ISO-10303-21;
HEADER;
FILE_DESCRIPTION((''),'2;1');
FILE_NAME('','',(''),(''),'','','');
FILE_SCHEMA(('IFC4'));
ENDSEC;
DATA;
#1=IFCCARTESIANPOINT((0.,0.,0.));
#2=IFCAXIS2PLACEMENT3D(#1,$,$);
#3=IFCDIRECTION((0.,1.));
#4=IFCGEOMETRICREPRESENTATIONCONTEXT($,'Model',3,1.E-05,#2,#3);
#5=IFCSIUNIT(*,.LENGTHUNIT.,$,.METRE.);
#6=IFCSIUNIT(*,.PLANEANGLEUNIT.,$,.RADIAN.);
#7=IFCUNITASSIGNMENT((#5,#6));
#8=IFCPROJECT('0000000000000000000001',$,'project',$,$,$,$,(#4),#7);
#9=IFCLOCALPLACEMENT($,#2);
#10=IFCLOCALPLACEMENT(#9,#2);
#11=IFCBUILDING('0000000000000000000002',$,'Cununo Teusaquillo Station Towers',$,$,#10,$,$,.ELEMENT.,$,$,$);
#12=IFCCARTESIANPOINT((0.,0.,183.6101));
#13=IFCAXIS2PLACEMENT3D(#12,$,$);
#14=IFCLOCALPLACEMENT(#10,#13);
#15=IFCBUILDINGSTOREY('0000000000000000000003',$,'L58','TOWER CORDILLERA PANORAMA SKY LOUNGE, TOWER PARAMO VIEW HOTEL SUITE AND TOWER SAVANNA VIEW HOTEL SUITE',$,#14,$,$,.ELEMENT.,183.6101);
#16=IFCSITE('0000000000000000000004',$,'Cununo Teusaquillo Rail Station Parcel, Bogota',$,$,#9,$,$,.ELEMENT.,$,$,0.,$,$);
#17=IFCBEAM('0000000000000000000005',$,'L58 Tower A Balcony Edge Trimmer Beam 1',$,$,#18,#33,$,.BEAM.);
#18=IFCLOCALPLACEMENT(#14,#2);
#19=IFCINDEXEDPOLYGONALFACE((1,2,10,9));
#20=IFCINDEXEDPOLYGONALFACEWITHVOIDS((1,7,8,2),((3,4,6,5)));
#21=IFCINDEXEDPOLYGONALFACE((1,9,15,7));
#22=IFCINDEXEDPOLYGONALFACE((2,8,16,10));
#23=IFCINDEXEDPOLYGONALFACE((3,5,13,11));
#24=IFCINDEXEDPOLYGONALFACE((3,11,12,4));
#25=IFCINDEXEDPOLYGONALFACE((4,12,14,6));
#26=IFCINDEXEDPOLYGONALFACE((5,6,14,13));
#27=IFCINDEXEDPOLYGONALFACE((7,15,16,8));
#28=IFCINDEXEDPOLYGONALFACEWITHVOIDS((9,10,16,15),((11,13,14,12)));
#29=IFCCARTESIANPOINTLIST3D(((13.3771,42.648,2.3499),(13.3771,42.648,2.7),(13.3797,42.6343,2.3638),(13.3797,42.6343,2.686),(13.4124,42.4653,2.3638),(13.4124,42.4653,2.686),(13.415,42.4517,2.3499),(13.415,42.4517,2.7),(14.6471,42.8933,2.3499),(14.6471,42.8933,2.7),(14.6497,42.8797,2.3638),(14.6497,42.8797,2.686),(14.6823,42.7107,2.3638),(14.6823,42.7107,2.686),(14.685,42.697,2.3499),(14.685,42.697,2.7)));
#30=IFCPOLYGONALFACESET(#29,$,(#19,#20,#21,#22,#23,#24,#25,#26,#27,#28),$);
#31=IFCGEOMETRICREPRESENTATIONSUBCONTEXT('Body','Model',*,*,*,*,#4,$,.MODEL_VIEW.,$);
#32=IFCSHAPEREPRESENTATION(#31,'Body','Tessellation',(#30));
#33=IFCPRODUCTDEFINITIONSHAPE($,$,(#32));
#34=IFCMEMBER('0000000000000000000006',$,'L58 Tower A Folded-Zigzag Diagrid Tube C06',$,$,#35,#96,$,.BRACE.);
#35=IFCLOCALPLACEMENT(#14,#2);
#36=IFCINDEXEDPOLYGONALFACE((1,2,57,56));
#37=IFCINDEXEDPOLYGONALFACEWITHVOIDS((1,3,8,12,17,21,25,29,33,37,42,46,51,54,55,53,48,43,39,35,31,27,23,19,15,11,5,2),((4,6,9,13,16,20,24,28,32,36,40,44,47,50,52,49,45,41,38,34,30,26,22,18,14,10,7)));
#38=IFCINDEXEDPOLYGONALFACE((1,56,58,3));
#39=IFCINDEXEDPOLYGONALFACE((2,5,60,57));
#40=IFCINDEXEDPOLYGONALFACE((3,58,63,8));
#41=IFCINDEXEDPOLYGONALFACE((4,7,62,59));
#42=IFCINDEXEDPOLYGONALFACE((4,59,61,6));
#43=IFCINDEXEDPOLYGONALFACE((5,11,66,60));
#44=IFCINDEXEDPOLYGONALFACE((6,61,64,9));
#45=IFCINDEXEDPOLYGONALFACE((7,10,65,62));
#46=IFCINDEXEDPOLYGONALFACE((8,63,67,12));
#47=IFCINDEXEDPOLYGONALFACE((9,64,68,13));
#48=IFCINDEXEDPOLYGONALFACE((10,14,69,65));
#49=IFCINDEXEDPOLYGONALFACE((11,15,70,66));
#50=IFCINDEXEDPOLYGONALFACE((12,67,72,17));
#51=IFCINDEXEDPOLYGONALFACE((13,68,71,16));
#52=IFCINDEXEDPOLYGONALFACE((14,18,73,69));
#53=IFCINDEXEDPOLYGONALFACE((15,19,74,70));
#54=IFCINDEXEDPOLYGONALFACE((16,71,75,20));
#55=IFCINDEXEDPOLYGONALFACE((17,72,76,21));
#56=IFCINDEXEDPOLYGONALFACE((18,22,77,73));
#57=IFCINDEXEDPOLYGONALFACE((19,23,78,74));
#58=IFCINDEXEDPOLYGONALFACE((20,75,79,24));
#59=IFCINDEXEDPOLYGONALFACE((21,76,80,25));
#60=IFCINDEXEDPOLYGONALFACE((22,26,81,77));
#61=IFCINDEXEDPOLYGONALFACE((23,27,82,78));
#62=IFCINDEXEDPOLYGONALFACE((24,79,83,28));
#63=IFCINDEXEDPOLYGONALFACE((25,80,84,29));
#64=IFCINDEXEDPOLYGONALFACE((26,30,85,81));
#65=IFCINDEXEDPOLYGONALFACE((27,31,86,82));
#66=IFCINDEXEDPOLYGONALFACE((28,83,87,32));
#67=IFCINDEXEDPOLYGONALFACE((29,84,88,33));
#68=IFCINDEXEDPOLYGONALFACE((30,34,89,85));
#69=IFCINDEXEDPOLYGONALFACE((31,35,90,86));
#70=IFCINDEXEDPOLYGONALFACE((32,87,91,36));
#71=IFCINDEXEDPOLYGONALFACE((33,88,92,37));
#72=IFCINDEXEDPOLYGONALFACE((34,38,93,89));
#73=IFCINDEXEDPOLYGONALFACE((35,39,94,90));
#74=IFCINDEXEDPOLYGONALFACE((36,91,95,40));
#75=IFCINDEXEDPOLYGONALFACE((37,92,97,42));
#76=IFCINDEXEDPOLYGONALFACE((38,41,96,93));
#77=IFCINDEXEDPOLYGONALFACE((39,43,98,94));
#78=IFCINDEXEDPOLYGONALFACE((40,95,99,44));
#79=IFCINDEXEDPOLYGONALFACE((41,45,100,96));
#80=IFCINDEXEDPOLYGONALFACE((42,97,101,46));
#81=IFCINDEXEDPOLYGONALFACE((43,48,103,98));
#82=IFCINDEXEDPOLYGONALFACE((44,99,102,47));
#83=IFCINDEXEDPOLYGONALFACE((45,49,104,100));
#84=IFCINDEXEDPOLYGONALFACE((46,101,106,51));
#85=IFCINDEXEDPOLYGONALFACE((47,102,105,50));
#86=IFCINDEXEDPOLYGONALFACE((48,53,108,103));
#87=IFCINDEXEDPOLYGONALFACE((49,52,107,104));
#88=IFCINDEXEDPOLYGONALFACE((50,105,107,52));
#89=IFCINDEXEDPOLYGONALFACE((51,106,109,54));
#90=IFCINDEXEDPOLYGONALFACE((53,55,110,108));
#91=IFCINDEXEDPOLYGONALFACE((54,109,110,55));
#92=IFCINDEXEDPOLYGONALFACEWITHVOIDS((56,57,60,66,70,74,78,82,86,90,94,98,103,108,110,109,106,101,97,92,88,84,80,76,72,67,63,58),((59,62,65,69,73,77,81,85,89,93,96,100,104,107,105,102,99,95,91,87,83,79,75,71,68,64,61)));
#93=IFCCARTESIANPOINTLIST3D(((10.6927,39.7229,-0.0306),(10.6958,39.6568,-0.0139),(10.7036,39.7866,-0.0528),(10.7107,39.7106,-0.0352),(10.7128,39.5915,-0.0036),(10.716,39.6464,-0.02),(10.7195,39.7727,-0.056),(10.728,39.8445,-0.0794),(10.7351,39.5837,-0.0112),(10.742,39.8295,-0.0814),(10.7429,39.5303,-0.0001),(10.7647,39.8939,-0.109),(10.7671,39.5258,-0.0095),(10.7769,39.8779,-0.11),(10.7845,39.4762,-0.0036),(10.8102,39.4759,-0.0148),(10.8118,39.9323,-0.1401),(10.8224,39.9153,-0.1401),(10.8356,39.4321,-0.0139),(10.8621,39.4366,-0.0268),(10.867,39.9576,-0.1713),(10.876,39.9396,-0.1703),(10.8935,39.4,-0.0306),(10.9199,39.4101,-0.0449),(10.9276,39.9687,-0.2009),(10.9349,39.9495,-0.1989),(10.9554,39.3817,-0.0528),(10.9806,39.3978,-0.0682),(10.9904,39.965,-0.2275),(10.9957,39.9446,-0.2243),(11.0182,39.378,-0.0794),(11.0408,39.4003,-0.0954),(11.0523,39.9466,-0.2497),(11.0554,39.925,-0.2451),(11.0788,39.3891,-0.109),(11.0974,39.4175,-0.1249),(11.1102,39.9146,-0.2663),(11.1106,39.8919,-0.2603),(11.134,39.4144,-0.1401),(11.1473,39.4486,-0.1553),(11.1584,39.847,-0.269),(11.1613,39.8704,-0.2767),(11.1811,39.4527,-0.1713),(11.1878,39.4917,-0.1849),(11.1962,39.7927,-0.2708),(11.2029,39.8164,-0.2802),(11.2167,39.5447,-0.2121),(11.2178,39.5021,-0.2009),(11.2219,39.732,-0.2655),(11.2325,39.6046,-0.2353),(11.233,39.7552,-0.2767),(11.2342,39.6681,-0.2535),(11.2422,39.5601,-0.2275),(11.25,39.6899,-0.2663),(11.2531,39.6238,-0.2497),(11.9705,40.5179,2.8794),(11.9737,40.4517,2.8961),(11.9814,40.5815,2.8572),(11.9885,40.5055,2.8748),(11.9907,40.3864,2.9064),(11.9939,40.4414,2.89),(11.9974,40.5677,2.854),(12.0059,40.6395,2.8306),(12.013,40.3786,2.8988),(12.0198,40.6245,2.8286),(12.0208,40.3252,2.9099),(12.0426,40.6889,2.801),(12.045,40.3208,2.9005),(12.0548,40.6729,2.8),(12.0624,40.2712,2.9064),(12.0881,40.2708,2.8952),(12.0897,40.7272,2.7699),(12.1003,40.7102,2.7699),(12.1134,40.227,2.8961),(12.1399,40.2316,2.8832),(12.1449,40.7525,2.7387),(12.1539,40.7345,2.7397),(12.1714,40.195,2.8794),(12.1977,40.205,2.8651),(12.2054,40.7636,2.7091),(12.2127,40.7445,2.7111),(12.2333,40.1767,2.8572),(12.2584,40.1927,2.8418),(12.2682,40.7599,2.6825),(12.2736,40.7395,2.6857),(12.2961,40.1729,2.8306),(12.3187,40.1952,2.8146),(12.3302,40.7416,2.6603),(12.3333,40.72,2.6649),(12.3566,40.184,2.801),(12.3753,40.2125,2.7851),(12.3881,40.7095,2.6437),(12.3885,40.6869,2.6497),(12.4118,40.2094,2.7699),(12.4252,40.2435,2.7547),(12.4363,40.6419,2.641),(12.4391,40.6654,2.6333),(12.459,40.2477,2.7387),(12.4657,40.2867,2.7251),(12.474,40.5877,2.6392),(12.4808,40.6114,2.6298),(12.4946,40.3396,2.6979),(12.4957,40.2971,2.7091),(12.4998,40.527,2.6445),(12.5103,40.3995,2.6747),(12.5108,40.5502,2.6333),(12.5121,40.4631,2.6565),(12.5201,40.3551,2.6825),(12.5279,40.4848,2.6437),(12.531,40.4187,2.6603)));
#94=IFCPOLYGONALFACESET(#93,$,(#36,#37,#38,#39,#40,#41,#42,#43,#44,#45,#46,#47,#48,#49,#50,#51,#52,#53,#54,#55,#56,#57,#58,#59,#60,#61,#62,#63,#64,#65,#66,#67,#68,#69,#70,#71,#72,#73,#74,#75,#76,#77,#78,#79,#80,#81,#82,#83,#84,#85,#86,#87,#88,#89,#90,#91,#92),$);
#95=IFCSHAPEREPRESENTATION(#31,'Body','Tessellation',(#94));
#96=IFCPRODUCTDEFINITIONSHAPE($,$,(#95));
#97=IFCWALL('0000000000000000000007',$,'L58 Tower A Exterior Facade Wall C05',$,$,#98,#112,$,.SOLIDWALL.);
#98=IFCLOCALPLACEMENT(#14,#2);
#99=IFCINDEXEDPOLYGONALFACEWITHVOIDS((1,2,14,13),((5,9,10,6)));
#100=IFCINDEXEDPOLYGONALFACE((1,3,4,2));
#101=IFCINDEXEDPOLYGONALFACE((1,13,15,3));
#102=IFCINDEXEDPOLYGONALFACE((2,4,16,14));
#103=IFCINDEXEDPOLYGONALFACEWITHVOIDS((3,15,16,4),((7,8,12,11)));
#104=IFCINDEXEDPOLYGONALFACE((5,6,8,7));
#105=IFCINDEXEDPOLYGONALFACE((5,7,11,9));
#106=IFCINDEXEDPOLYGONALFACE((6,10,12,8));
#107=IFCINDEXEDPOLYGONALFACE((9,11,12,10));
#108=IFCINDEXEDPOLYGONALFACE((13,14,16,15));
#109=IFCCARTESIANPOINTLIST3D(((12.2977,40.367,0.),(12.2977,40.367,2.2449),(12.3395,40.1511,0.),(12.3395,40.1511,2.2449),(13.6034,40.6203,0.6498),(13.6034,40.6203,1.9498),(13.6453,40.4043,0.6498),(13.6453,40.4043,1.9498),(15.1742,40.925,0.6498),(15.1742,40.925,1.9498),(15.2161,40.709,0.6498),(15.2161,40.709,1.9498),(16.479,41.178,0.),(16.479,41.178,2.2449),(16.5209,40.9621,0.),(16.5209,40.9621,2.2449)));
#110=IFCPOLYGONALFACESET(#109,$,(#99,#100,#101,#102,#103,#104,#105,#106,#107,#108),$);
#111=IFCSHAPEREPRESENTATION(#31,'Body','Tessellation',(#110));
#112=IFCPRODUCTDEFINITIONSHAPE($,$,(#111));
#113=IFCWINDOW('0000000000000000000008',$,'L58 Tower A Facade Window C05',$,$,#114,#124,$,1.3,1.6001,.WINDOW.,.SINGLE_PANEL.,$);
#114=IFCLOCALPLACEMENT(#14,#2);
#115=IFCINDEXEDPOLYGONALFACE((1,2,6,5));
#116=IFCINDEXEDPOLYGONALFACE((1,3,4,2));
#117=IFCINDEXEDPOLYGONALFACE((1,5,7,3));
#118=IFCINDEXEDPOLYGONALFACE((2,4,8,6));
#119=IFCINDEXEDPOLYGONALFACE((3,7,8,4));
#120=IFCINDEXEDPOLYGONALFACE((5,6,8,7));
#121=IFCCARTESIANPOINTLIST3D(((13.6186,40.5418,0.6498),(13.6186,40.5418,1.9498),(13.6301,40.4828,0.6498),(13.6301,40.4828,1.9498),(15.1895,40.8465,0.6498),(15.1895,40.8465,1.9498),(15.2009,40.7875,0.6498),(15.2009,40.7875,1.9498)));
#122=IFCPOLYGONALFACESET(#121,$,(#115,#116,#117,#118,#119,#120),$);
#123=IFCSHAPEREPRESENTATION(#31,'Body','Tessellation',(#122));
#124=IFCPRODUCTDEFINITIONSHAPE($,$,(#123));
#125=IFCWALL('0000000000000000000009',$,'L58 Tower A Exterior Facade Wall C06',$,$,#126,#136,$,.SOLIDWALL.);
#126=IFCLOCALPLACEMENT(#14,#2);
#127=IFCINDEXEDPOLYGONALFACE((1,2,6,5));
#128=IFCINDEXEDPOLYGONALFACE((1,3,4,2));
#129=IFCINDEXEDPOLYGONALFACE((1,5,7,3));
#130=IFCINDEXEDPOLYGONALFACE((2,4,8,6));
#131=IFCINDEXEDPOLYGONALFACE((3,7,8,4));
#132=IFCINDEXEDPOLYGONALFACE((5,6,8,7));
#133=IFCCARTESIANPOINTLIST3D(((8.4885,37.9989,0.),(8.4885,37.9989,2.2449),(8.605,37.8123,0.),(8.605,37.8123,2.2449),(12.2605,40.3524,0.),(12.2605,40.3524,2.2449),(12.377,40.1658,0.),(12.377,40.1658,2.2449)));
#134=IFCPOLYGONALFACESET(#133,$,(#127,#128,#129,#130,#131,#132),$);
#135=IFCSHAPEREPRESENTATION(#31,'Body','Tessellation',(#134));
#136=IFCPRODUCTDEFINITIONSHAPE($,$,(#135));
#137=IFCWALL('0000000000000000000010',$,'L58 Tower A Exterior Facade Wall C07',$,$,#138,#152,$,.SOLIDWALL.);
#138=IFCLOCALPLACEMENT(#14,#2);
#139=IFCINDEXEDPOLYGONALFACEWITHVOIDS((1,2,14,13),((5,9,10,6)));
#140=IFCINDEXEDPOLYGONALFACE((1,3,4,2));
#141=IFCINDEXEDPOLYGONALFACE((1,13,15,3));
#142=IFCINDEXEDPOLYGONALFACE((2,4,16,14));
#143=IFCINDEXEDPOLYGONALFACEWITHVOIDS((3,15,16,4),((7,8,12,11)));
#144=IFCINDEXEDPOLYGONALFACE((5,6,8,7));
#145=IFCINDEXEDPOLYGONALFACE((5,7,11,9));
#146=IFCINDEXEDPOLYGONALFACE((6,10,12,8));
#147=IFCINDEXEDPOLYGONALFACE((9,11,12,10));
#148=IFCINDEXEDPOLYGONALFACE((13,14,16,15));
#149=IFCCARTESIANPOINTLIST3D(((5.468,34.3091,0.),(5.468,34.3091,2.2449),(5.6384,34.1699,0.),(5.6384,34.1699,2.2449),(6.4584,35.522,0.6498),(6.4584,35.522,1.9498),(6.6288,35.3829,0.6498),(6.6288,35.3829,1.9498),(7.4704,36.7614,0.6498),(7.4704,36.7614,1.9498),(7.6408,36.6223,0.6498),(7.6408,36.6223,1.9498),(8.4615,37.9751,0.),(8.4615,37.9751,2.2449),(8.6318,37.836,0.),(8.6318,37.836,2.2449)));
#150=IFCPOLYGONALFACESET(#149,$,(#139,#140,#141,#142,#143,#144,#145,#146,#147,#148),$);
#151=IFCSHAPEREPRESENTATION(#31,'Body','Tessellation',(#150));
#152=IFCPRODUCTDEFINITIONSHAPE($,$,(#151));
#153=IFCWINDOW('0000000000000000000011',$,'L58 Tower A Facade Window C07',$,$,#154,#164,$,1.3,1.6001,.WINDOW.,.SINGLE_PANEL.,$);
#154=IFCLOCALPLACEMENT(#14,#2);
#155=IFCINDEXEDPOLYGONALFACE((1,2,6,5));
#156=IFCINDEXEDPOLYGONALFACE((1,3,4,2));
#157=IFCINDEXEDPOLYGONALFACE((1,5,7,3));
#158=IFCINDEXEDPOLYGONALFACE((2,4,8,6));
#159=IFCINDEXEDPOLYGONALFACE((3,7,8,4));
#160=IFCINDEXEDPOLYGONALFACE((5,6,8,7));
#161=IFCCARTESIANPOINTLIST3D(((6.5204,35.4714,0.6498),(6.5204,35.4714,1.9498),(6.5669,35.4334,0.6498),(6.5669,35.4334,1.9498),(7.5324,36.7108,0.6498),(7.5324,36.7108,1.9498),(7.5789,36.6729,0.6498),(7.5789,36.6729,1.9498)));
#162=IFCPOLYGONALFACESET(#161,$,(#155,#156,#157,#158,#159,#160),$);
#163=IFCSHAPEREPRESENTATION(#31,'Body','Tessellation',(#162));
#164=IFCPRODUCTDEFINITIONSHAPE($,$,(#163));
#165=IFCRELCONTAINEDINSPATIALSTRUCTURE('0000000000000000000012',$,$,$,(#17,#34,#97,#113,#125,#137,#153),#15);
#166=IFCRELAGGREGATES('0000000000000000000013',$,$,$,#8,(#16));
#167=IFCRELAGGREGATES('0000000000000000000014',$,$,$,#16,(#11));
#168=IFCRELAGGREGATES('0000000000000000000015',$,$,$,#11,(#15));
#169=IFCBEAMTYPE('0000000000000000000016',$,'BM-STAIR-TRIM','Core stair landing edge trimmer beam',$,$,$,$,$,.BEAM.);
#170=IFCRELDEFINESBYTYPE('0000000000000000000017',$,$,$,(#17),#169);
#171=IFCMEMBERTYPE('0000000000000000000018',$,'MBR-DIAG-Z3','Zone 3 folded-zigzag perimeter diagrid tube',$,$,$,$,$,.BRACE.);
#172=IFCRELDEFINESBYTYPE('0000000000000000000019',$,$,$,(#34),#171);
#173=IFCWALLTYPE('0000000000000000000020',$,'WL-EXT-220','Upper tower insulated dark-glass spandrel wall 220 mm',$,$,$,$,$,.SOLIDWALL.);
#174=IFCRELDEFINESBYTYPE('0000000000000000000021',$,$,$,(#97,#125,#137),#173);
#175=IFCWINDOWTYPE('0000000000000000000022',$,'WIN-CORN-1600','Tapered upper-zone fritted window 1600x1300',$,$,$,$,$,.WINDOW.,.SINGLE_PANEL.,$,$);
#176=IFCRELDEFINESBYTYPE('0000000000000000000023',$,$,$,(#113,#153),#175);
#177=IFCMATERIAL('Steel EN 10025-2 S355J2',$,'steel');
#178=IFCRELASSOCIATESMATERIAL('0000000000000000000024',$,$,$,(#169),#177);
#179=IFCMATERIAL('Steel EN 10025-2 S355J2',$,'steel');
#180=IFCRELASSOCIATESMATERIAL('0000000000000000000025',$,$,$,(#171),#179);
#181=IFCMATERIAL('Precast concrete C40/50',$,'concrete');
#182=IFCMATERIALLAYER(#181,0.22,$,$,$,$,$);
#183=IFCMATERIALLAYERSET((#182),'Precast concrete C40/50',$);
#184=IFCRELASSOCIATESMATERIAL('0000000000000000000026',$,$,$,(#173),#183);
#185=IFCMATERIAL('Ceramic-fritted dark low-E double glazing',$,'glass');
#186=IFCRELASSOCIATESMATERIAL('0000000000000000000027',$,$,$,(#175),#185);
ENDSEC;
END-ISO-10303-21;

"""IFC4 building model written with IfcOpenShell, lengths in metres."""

from ifc_helpers import new_model, si_unit, direction, frame, frame_2d, origin, origin_2d, place, context, subcontext, project, spatial, rectangle, hollow_rectangle, hollow_circle, extrude, source, transform, mapped, material, layer, layer_set, material_profile, profile_set, type_object, element, fill, save


model = new_model("IFC4")

# Units and contexts
model_context = context("Model", 3, precision=1e-05, world=origin(), true_north=direction((0.0, 1.0)))
body_context = subcontext(model_context, "Body", "Model", "MODEL_VIEW")
ifc_project = project(units=[si_unit("LENGTHUNIT", "METRE"), si_unit("PLANEANGLEUNIT", "RADIAN")], contexts=[model_context])

# Site, building, storey
site_placement = place(None, origin())
site = spatial("IfcSite", under=ifc_project, at=site_placement, Name="Cununo Teusaquillo Rail Station Parcel, Bogota", CompositionType="ELEMENT", RefElevation=0.0)
building_placement = place(site_placement, origin())
building = spatial("IfcBuilding", under=site, at=building_placement, Name="Cununo Teusaquillo Station Towers", CompositionType="ELEMENT")
storey_placement = place(building_placement, frame((0.0, 0.0, 183.6101)))
storey = spatial("IfcBuildingStorey", under=building, at=storey_placement, Name="L58", Description="TOWER CORDILLERA PANORAMA SKY LOUNGE, TOWER PARAMO VIEW HOTEL SUITE AND TOWER SAVANNA VIEW HOTEL SUITE", CompositionType="ELEMENT", Elevation=183.6101)

# Beam
ifc_material_1 = material(Name="Steel EN 10025-2 S355J2", Category="steel")
ifc_material_profile_1 = material_profile(ifc_material_1, hollow_rectangle(XDim=0.2, YDim=0.3501, WallThickness=0.0139, at=origin_2d()), Name="RHS 350x200x14")
ifc_profile_set_1 = profile_set([ifc_material_profile_1], Name="Steel EN 10025-2 S355J2")
beam_type_1 = type_object("IfcBeamType", Name="BM-STAIR-TRIM", Description="Core stair landing edge trimmer beam", PredefinedType="BEAM", material=ifc_profile_set_1)
beam_1_placement = place(storey_placement, frame((14.666, 42.7952, 2.5249), z_axis=(-0.981845, -0.189687, 0.0), x_axis=(0.189687, -0.981845, 0.0)))
element("IfcBeam", 1, at=beam_1_placement, inside=storey, type_object=beam_type_1, Name="L58 Tower A Balcony Edge Trimmer Beam 1", PredefinedType="BEAM", context=body_context, shape_type="SweptSolid", body=[
    extrude(hollow_rectangle(XDim=0.2, YDim=0.3501, WallThickness=0.0139, at=origin_2d()), origin(), (0.0, 0.0, 1.0), 1.2935),
])

# Member
ifc_material_2 = material(Name="Steel EN 10025-2 S355J2", Category="steel")
ifc_material_profile_2 = material_profile(ifc_material_2, hollow_circle(Radius=0.3049, WallThickness=0.02, at=origin_2d()), Name="CHS 610x20")
ifc_profile_set_2 = profile_set([ifc_material_profile_2], Name="Steel EN 10025-2 S355J2")
member_type = type_object("IfcMemberType", Name="MBR-DIAG-Z3", Description="Zone 3 folded-zigzag perimeter diagrid tube", PredefinedType="BRACE", material=ifc_profile_set_2)
member_placement = place(storey_placement, frame((10.9729, 39.6733, -0.1401), z_axis=(0.390056, 0.242648, 0.888245), x_axis=(-0.528219, 0.849108, 0.0)))
element("IfcMember", 2, at=member_placement, inside=storey, type_object=member_type, Name="L58 Tower A Folded-Zigzag Diagrid Tube C06", PredefinedType="BRACE", context=body_context, shape_type="SweptSolid", body=[
    extrude(hollow_circle(Radius=0.3049, WallThickness=0.02, at=origin_2d()), origin(), (0.0, 0.0, 1.0), 3.2761),
])

# Wall, opening, window
ifc_material_3 = material(Name="Precast concrete C40/50", Category="concrete")
ifc_layer_1 = layer(ifc_material_3, 0.22)
ifc_layer_set_1 = layer_set([ifc_layer_1], Name="Precast concrete C40/50")
wall_type_1 = type_object("IfcWallType", Name="WL-EXT-220", Description="Upper tower insulated dark-glass spandrel wall 220 mm", PredefinedType="SOLIDWALL", material=ifc_layer_set_1)
wall_1_placement = place(storey_placement, frame((12.3186, 40.259, 0.0), z_axis=(0.0, 0.0, 1.0), x_axis=(0.981704, 0.190414, 0.0)))
wall_1 = element("IfcWall", 3, at=wall_1_placement, inside=storey, type_object=wall_type_1, Name="L58 Tower A Exterior Facade Wall C05", PredefinedType="SOLIDWALL", context=body_context, shape_type="SweptSolid", body=[
    extrude(rectangle(XDim=4.2593, YDim=0.22, at=frame_2d((2.1296, 0.0))), origin(), (0.0, 0.0, 1.0), 2.2449),
])
shared_shape_1 = source(origin(), body_context, "Body", "SweptSolid", [
    extrude(rectangle(XDim=1.6001, YDim=1.3, at=frame_2d((0.8, 0.6499))), frame((0.0, 0.1199, 0.0), z_axis=(0.0, -1.0, 0.0), x_axis=(1.0, 0.0, 0.0)), (0.0, 0.0, 1.0), 0.24),
])
opening_1_placement = place(wall_1_placement, frame((1.3301, 0.0, 0.6499)))
opening_1 = element("IfcOpeningElement", 4, at=opening_1_placement, cuts=wall_1, PredefinedType="OPENING", context=body_context, shape_type="MappedRepresentation", body=[
    mapped(shared_shape_1, transform((0.0, 0.0, 0.0), x_axis=(1.0, 0.0, 0.0), y_axis=(0.0, 1.0, 0.0), z_axis=(0.0, 0.0, 1.0), scale=1.0)),
])
ifc_material_4 = material(Name="Ceramic-fritted dark low-E double glazing", Category="glass")
window_type = type_object("IfcWindowType", Name="WIN-CORN-1600", Description="Tapered upper-zone fritted window 1600x1300", PartitioningType="SINGLE_PANEL", PredefinedType="WINDOW", material=ifc_material_4)
shared_shape_2 = source(origin(), body_context, "Body", "SweptSolid", [
    extrude(rectangle(XDim=1.6001, YDim=1.3, at=frame_2d((0.8, 0.6499))), frame((0.0, 0.03, 0.0), z_axis=(0.0, -1.0, 0.0), x_axis=(1.0, 0.0, 0.0)), (0.0, 0.0, 1.0), 0.0601),
])
window_1_placement = place(opening_1_placement, origin())
window_1 = element("IfcWindow", 5, at=window_1_placement, inside=storey, type_object=window_type, Name="L58 Tower A Facade Window C05", OverallHeight=1.3, OverallWidth=1.6001, PartitioningType="SINGLE_PANEL", PredefinedType="WINDOW", context=body_context, shape_type="MappedRepresentation", body=[
    mapped(shared_shape_2, transform((0.0, 0.0, 0.0), x_axis=(1.0, 0.0, 0.0), y_axis=(0.0, 1.0, 0.0), z_axis=(0.0, 0.0, 1.0), scale=1.0)),
])
fill(opening_1, window_1)

# Wall
wall_2_placement = place(storey_placement, frame((8.5466, 37.9055, 0.0), z_axis=(0.0, 0.0, 1.0), x_axis=(0.848399, 0.529357, 0.0)))
element("IfcWall", 6, at=wall_2_placement, inside=storey, type_object=wall_type_1, Name="L58 Tower A Exterior Facade Wall C06", PredefinedType="SOLIDWALL", context=body_context, shape_type="SweptSolid", body=[
    extrude(rectangle(XDim=4.446, YDim=0.22, at=frame_2d((2.2231, 0.0))), origin(), (0.0, 0.0, 1.0), 2.2449),
])

# Wall, opening, window
wall_3_placement = place(storey_placement, frame((5.5532, 34.2395, 0.0), z_axis=(0.0, 0.0, 1.0), x_axis=(0.632471, 0.774584, 0.0)))
wall_3 = element("IfcWall", 7, at=wall_3_placement, inside=storey, type_object=wall_type_1, Name="L58 Tower A Exterior Facade Wall C07", PredefinedType="SOLIDWALL", context=body_context, shape_type="SweptSolid", body=[
    extrude(rectangle(XDim=4.7329, YDim=0.22, at=frame_2d((2.3665, 0.0))), origin(), (0.0, 0.0, 1.0), 2.2449),
])
opening_2_placement = place(wall_3_placement, frame((1.5659, 0.0, 0.6499)))
opening_2 = element("IfcOpeningElement", 8, at=opening_2_placement, cuts=wall_3, PredefinedType="OPENING", context=body_context, shape_type="MappedRepresentation", body=[
    mapped(shared_shape_1, transform((0.0, 0.0, 0.0), x_axis=(1.0, 0.0, 0.0), y_axis=(0.0, 1.0, 0.0), z_axis=(0.0, 0.0, 1.0), scale=1.0)),
])
window_2_placement = place(opening_2_placement, origin())
window_2 = element("IfcWindow", 9, at=window_2_placement, inside=storey, type_object=window_type, Name="L58 Tower A Facade Window C07", OverallHeight=1.3, OverallWidth=1.6001, PartitioningType="SINGLE_PANEL", PredefinedType="WINDOW", context=body_context, shape_type="MappedRepresentation", body=[
    mapped(shared_shape_2, transform((0.0, 0.0, 0.0), x_axis=(1.0, 0.0, 0.0), y_axis=(0.0, 1.0, 0.0), z_axis=(0.0, 0.0, 1.0), scale=1.0)),
])
fill(opening_2, window_2)

save(model, "model.ifc")
